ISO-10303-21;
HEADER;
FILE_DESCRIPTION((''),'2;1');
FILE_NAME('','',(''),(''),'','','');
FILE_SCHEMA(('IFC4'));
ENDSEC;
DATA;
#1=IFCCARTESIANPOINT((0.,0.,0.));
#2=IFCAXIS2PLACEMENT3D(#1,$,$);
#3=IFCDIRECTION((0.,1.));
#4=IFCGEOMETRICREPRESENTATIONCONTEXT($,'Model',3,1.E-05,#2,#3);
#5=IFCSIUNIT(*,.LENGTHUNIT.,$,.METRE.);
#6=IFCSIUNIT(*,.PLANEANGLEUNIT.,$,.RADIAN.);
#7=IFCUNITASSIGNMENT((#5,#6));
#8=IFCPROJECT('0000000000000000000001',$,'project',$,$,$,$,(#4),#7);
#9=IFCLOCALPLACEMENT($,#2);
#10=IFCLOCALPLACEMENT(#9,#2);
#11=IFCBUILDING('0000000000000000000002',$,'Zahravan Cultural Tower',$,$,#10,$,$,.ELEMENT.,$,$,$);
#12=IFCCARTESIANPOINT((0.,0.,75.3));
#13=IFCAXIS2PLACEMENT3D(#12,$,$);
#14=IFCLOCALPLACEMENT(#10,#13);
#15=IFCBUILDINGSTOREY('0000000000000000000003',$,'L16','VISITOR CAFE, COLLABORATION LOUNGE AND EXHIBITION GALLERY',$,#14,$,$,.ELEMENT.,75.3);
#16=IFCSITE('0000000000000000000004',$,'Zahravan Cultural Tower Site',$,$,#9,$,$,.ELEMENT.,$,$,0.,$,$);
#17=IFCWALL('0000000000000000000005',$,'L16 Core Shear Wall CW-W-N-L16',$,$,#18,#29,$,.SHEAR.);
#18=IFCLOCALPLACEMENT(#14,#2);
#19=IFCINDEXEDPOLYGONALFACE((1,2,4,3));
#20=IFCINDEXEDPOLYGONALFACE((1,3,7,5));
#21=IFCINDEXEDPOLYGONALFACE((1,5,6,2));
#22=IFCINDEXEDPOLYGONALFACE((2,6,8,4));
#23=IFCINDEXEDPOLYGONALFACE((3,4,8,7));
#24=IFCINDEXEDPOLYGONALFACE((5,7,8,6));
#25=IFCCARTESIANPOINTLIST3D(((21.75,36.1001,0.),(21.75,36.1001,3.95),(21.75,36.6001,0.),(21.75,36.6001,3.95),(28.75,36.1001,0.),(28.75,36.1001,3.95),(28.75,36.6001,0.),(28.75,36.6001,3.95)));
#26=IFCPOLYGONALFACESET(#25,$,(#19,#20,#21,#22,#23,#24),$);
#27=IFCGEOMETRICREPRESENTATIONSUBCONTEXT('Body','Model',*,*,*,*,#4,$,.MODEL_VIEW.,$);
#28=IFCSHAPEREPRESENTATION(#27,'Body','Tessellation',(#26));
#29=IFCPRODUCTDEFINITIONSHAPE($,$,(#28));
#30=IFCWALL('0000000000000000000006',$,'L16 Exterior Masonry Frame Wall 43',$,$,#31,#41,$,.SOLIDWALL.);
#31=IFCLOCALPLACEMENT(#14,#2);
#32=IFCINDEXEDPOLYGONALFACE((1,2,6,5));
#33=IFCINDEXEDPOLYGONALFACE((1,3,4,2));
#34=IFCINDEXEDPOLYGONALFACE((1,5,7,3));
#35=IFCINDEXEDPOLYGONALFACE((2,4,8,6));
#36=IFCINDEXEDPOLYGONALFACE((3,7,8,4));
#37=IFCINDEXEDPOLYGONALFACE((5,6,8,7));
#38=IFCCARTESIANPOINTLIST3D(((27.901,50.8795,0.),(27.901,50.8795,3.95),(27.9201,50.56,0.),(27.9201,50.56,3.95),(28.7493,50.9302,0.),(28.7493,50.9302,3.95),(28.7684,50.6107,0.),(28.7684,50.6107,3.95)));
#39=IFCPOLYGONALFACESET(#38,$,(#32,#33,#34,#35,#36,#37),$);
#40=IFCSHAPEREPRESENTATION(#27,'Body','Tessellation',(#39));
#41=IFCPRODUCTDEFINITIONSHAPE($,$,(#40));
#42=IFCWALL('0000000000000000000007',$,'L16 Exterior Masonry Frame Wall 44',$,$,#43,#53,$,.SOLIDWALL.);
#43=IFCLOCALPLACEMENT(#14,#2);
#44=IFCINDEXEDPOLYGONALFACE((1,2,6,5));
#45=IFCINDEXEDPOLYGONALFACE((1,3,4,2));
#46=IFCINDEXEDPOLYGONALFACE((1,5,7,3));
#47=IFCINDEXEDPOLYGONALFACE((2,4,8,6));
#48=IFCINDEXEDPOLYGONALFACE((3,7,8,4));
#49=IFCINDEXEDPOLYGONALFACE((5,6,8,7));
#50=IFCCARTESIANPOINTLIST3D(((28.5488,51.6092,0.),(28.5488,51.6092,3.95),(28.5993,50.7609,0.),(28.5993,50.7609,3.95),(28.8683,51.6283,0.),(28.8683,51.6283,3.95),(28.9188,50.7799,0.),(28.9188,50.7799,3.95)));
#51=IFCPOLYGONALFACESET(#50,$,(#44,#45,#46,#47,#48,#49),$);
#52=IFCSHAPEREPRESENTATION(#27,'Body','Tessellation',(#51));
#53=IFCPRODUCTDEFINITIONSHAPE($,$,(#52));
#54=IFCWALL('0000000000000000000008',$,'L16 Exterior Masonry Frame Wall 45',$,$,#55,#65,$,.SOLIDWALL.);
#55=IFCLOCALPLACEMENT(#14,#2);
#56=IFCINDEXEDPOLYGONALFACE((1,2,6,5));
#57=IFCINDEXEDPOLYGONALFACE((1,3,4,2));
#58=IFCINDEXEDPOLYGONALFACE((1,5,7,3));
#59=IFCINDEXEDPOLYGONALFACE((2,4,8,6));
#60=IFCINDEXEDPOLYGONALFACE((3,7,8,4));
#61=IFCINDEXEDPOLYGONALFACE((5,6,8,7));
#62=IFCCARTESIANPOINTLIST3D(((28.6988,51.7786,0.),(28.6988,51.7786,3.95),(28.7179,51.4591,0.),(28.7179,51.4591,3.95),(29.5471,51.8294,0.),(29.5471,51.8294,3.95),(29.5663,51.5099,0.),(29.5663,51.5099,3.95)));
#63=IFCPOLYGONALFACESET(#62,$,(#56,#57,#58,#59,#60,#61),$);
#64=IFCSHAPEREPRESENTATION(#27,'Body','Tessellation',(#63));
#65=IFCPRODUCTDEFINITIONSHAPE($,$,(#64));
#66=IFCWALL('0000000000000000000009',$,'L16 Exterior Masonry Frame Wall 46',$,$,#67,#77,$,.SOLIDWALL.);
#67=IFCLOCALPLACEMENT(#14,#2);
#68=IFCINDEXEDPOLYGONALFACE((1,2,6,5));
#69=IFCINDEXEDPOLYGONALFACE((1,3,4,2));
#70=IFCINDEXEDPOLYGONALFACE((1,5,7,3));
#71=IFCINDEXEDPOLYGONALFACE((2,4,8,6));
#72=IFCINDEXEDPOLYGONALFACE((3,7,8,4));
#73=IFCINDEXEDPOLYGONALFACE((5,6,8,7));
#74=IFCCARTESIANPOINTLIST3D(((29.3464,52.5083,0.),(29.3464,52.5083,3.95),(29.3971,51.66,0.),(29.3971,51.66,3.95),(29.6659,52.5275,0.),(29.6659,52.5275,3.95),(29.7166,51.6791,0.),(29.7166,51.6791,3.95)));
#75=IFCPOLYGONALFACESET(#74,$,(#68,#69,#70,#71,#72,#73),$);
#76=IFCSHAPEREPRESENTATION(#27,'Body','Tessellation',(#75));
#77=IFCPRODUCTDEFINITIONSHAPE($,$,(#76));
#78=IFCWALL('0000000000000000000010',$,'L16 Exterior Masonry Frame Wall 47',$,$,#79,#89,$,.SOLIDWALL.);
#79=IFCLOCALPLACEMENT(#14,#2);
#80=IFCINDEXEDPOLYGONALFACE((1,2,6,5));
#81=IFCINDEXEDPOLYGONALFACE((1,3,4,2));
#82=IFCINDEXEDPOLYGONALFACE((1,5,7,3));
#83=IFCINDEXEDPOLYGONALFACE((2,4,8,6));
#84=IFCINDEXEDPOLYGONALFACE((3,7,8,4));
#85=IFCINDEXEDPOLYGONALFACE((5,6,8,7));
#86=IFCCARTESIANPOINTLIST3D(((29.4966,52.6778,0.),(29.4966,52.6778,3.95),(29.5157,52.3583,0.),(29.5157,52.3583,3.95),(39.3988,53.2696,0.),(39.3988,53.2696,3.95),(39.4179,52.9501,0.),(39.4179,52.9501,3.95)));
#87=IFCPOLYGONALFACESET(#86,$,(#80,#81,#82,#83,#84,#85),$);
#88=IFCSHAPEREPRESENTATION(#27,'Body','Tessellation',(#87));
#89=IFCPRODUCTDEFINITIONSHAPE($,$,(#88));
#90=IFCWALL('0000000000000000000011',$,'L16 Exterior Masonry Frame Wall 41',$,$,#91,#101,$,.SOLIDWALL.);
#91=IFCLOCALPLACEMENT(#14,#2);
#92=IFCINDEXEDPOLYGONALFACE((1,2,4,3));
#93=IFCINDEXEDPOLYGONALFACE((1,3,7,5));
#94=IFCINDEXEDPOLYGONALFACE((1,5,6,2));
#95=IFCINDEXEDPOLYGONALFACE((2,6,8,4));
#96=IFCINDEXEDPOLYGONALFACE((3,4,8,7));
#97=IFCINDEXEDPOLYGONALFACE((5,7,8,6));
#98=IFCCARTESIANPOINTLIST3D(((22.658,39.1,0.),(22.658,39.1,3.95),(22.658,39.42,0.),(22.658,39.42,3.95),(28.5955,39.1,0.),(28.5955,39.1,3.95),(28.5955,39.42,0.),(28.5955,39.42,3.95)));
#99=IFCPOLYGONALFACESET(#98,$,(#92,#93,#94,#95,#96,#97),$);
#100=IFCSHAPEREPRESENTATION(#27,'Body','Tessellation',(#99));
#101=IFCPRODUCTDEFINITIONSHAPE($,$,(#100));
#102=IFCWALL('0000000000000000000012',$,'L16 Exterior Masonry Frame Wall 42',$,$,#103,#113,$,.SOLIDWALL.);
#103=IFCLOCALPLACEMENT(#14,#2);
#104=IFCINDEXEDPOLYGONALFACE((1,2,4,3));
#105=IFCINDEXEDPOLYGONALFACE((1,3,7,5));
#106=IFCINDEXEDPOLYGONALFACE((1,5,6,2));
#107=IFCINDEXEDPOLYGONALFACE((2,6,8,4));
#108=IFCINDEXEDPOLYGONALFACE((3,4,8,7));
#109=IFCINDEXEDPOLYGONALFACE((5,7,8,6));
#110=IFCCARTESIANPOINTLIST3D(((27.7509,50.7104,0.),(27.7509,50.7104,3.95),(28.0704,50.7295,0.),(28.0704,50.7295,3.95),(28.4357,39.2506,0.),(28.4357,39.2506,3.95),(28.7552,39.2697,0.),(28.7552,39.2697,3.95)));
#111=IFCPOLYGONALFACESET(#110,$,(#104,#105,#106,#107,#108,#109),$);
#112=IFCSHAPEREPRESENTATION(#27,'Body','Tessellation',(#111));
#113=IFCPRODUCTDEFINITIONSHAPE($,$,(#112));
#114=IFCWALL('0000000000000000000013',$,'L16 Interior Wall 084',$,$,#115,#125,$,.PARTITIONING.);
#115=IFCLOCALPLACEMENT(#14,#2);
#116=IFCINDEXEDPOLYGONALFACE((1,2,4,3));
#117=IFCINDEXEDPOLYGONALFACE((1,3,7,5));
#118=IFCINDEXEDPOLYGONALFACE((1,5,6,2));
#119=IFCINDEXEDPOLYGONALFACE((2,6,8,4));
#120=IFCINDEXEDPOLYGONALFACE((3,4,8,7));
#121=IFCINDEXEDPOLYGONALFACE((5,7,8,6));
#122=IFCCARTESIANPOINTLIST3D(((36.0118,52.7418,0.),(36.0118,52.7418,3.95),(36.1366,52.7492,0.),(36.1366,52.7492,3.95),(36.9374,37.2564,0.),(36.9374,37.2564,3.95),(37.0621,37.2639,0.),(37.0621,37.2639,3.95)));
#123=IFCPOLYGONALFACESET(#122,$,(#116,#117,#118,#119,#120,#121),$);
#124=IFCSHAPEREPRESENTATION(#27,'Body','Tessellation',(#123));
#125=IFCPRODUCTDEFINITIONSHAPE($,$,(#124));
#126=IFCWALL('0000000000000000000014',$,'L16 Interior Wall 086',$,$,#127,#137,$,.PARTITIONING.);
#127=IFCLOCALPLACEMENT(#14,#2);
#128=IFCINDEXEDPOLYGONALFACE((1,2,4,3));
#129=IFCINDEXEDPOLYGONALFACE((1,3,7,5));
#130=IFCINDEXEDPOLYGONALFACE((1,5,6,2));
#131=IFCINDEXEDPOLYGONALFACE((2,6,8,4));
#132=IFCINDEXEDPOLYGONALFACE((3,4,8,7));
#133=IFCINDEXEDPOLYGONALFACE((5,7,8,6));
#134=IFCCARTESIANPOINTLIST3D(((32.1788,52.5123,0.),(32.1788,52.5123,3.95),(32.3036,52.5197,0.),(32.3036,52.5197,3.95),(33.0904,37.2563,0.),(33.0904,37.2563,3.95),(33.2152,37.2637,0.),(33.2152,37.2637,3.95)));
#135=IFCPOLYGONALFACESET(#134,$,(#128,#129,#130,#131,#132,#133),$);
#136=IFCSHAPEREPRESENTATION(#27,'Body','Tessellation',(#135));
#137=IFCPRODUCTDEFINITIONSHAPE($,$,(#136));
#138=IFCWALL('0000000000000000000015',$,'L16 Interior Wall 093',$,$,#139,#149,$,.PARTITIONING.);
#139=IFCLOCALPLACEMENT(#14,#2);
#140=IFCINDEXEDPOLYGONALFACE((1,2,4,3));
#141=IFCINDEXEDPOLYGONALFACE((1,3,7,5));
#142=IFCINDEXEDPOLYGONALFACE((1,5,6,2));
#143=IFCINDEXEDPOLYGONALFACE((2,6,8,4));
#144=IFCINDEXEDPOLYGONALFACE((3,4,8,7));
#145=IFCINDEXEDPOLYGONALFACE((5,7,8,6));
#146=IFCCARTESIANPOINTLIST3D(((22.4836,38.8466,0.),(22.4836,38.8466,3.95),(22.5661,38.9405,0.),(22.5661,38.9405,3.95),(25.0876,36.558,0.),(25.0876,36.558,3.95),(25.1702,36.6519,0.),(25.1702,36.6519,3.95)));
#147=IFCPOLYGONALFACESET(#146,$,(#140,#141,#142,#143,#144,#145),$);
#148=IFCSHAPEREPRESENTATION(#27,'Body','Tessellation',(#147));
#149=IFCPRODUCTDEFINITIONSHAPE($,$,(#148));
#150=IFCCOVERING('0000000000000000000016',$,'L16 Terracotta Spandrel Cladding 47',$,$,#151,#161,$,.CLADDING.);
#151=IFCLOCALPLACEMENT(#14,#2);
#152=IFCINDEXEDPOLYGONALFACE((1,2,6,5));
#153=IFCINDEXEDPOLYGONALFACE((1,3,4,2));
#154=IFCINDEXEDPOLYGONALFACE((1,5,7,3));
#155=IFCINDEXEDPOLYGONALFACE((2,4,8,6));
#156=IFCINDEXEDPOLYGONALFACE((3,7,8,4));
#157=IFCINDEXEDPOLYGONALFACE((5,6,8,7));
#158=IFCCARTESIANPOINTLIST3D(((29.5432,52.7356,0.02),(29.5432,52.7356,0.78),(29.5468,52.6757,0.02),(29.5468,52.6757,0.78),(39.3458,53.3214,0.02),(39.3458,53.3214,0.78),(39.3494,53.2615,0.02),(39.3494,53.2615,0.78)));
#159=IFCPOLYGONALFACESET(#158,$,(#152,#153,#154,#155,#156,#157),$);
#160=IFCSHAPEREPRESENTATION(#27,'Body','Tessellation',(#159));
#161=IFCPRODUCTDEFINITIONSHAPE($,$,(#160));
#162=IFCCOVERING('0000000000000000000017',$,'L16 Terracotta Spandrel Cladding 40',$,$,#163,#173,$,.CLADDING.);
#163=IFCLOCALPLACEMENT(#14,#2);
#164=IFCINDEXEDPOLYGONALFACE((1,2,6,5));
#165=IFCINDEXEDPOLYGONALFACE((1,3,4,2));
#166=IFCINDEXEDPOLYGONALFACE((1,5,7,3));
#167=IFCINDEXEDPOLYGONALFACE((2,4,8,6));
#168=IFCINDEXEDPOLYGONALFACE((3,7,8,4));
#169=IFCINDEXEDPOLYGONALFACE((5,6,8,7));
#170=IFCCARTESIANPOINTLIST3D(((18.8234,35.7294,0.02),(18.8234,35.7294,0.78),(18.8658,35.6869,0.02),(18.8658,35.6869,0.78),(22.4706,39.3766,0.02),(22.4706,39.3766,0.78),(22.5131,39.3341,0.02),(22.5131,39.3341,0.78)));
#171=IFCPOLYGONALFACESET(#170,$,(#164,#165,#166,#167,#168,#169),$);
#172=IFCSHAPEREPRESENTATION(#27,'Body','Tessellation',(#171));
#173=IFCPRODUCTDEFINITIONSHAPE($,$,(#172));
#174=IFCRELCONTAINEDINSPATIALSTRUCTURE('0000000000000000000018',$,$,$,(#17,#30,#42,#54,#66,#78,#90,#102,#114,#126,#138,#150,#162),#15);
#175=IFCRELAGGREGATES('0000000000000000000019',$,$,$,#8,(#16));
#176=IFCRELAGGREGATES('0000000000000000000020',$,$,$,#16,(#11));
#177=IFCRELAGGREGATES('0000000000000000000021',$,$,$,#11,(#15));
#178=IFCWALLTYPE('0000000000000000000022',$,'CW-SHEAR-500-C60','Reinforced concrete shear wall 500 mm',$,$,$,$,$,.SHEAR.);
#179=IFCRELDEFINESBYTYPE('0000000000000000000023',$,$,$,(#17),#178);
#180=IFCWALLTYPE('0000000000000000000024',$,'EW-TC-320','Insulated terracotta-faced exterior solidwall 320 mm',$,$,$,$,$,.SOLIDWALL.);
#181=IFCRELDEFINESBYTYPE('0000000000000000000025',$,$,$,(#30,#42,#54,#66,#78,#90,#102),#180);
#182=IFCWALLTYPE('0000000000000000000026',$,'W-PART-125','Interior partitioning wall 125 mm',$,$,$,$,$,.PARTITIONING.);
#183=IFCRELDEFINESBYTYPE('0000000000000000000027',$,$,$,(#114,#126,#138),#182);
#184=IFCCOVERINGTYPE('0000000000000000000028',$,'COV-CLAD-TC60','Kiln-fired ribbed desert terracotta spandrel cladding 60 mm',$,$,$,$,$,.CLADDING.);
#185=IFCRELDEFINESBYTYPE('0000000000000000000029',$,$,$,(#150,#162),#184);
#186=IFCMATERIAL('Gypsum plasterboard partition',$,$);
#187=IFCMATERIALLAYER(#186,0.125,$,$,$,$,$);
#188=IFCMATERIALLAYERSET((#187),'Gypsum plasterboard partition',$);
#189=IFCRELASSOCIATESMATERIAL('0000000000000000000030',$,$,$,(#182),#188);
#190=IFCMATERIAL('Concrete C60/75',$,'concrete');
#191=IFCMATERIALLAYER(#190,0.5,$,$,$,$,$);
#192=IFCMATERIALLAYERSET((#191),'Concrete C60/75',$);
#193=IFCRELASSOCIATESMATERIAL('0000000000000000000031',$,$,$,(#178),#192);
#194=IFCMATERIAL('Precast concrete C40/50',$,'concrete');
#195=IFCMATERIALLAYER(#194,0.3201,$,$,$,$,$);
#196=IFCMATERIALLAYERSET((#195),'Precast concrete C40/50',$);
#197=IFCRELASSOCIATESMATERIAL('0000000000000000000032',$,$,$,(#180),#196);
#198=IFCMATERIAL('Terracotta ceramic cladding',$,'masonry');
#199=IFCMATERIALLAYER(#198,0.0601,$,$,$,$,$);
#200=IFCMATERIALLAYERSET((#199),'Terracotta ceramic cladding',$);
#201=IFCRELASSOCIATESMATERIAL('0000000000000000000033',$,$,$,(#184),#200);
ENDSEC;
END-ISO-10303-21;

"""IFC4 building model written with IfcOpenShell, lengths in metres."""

from ifc_helpers import new_model, si_unit, direction, frame, frame_2d, origin, origin_2d, place, context, subcontext, project, spatial, rectangle, extrude, source, transform, mapped, material, layer, layer_set, type_object, element, save


model = new_model("IFC4")

# Units and contexts
model_context = context("Model", 3, precision=1e-05, world=origin(), true_north=direction((0.0, 1.0)))
body_context = subcontext(model_context, "Body", "Model", "MODEL_VIEW")
ifc_project = project(units=[si_unit("LENGTHUNIT", "METRE"), si_unit("PLANEANGLEUNIT", "RADIAN")], contexts=[model_context])

# Site, building, storey
site_placement = place(None, origin())
site = spatial("IfcSite", under=ifc_project, at=site_placement, Name="Zahravan Cultural Tower Site", CompositionType="ELEMENT", RefElevation=0.0)
building_placement = place(site_placement, origin())
building = spatial("IfcBuilding", under=site, at=building_placement, Name="Zahravan Cultural Tower", CompositionType="ELEMENT")
storey_placement = place(building_placement, frame((0.0, 0.0, 75.3)))
storey = spatial("IfcBuildingStorey", under=building, at=storey_placement, Name="L16", Description="VISITOR CAFE, COLLABORATION LOUNGE AND EXHIBITION GALLERY", CompositionType="ELEMENT", Elevation=75.3)

# Shared definitions
ifc_material_1 = material(Name="Concrete C60/75", Category="concrete")

# Shared definitions
ifc_material_2 = material(Name="Gypsum plasterboard partition")
ifc_layer_1 = layer(ifc_material_2, 0.125)
ifc_layer_set_1 = layer_set([ifc_layer_1], Name="Gypsum plasterboard partition")
wall_type_1 = type_object("IfcWallType", Name="W-PART-125", Description="Interior partitioning wall 125 mm", PredefinedType="PARTITIONING", material=ifc_layer_set_1)

# Walls
ifc_layer_2 = layer(ifc_material_1, 0.5)
ifc_layer_set_2 = layer_set([ifc_layer_2], Name="Concrete C60/75")
wall_type_2 = type_object("IfcWallType", Name="CW-SHEAR-500-C60", Description="Reinforced concrete shear wall 500 mm", PredefinedType="SHEAR", material=ifc_layer_set_2)
shared_shape_1 = source(origin(), body_context, "Body", "SweptSolid", [
    extrude(rectangle(XDim=7.0, YDim=0.5, at=frame_2d((3.5, 0.0))), origin(), (0.0, 0.0, 1.0), 3.95),
])
wall_1_placement = place(storey_placement, frame((21.75, 36.3501, 0.0), z_axis=(0.0, 0.0, 1.0), x_axis=(1.0, 0.0, 0.0)))
element("IfcWall", 1, at=wall_1_placement, inside=storey, type_object=wall_type_2, Name="L16 Core Shear Wall CW-W-N-L16", PredefinedType="SHEAR", context=body_context, shape_type="MappedRepresentation", body=[
    mapped(shared_shape_1, transform((0.0, 0.0, 0.0), x_axis=(1.0, 0.0, 0.0), y_axis=(0.0, 1.0, 0.0), z_axis=(0.0, 0.0, 1.0), scale=1.0)),
])
ifc_material_3 = material(Name="Precast concrete C40/50", Category="concrete")
ifc_layer_3 = layer(ifc_material_3, 0.3201)
ifc_layer_set_3 = layer_set([ifc_layer_3], Name="Precast concrete C40/50")
wall_type_3 = type_object("IfcWallType", Name="EW-TC-320", Description="Insulated terracotta-faced exterior solidwall 320 mm", PredefinedType="SOLIDWALL", material=ifc_layer_set_3)
shared_shape_2 = source(origin(), body_context, "Body", "SweptSolid", [
    extrude(rectangle(XDim=0.8499, YDim=0.3201, at=frame_2d((0.4248, 0.0))), origin(), (0.0, 0.0, 1.0), 3.95),
])
for number, where, z_axis, x_axis, name in (
    (2, (27.9106, 50.7197, 0.0), (0.0, 0.0, 1.0), (0.998213, 0.059749, 0.0), "L16 Exterior Masonry Frame Wall 43"),
    (3, (28.759, 50.7705, 0.0), (0.0, 0.0, 1.0), (-0.059463, 0.998231, 0.0), "L16 Exterior Masonry Frame Wall 44"),
    (4, (28.7085, 51.6189, 0.0), (0.0, 0.0, 1.0), (0.998213, 0.059749, 0.0), "L16 Exterior Masonry Frame Wall 45"),
    (5, (29.5569, 51.6697, 0.0), (0.0, 0.0, 1.0), (-0.059749, 0.998213, 0.0), "L16 Exterior Masonry Frame Wall 46"),
):
    element("IfcWall", number, at=place(storey_placement, frame(where, z_axis=z_axis, x_axis=x_axis)), inside=storey, type_object=wall_type_3, Name=name, PredefinedType="SOLIDWALL", context=body_context, shape_type="MappedRepresentation", body=[
        mapped(shared_shape_2, transform((0.0, 0.0, 0.0), x_axis=(1.0, 0.0, 0.0), y_axis=(0.0, 1.0, 0.0), z_axis=(0.0, 0.0, 1.0), scale=1.0)),
    ])
shared_shape_3 = source(origin(), body_context, "Body", "SweptSolid", [
    extrude(rectangle(XDim=9.9199, YDim=0.3201, at=frame_2d((4.96, 0.0))), origin(), (0.0, 0.0, 1.0), 3.95),
])
wall_2_placement = place(storey_placement, frame((29.5061, 52.5181, 0.0), z_axis=(0.0, 0.0, 1.0), x_axis=(0.998219, 0.059657, 0.0)))
element("IfcWall", 6, at=wall_2_placement, inside=storey, type_object=wall_type_3, Name="L16 Exterior Masonry Frame Wall 47", PredefinedType="SOLIDWALL", context=body_context, shape_type="MappedRepresentation", body=[
    mapped(shared_shape_3, transform((0.0, 0.0, 0.0), x_axis=(1.0, 0.0, 0.0), y_axis=(0.0, 1.0, 0.0), z_axis=(0.0, 0.0, 1.0), scale=1.0)),
])
shared_shape_4 = source(origin(), body_context, "Body", "SweptSolid", [
    extrude(rectangle(XDim=5.9375, YDim=0.3201, at=frame_2d((2.9688, 0.0))), origin(), (0.0, 0.0, 1.0), 3.95),
])
wall_3_placement = place(storey_placement, frame((22.658, 39.26, 0.0), z_axis=(0.0, 0.0, 1.0), x_axis=(1.0, 0.0, 0.0)))
element("IfcWall", 7, at=wall_3_placement, inside=storey, type_object=wall_type_3, Name="L16 Exterior Masonry Frame Wall 41", PredefinedType="SOLIDWALL", context=body_context, shape_type="MappedRepresentation", body=[
    mapped(shared_shape_4, transform((0.0, 0.0, 0.0), x_axis=(1.0, 0.0, 0.0), y_axis=(0.0, 1.0, 0.0), z_axis=(0.0, 0.0, 1.0), scale=1.0)),
])
shared_shape_5 = source(origin(), body_context, "Body", "SweptSolid", [
    extrude(rectangle(XDim=11.4802, YDim=0.3201, at=frame_2d((5.7402, 0.0))), origin(), (0.0, 0.0, 1.0), 3.95),
])
wall_4_placement = place(storey_placement, frame((28.5955, 39.26, 0.0), z_axis=(0.0, 0.0, 1.0), x_axis=(-0.059652, 0.998219, 0.0)))
element("IfcWall", 8, at=wall_4_placement, inside=storey, type_object=wall_type_3, Name="L16 Exterior Masonry Frame Wall 42", PredefinedType="SOLIDWALL", context=body_context, shape_type="MappedRepresentation", body=[
    mapped(shared_shape_5, transform((0.0, 0.0, 0.0), x_axis=(1.0, 0.0, 0.0), y_axis=(0.0, 1.0, 0.0), z_axis=(0.0, 0.0, 1.0), scale=1.0)),
])
shared_shape_6 = source(origin(), body_context, "Body", "SweptSolid", [
    extrude(rectangle(XDim=15.5129, YDim=0.125, at=frame_2d((7.7563, 0.0))), origin(), (0.0, 0.0, 1.0), 3.95),
])
wall_5_placement = place(storey_placement, frame((36.0742, 52.7454, 0.0), z_axis=(0.0, 0.0, 1.0), x_axis=(0.059662, -0.998219, 0.0)))
element("IfcWall", 9, at=wall_5_placement, inside=storey, type_object=wall_type_1, Name="L16 Interior Wall 084", PredefinedType="PARTITIONING", context=body_context, shape_type="MappedRepresentation", body=[
    mapped(shared_shape_6, transform((0.0, 0.0, 0.0), x_axis=(1.0, 0.0, 0.0), y_axis=(0.0, 1.0, 0.0), z_axis=(0.0, 0.0, 1.0), scale=1.0)),
])
shared_shape_7 = source(origin(), body_context, "Body", "SweptSolid", [
    extrude(rectangle(XDim=15.2832, YDim=0.125, at=frame_2d((7.6416, 0.0))), origin(), (0.0, 0.0, 1.0), 3.95),
])
wall_6_placement = place(storey_placement, frame((33.1528, 37.26, 0.0), z_axis=(0.0, 0.0, 1.0), x_axis=(-0.059648, 0.998219, 0.0)))
element("IfcWall", 10, at=wall_6_placement, inside=storey, type_object=wall_type_1, Name="L16 Interior Wall 086", PredefinedType="PARTITIONING", context=body_context, shape_type="MappedRepresentation", body=[
    mapped(shared_shape_7, transform((0.0, 0.0, 0.0), x_axis=(1.0, 0.0, 0.0), y_axis=(0.0, 1.0, 0.0), z_axis=(0.0, 0.0, 1.0), scale=1.0)),
])
shared_shape_8 = source(origin(), body_context, "Body", "SweptSolid", [
    extrude(rectangle(XDim=3.4668, YDim=0.125, at=frame_2d((1.7334, 0.0))), origin(), (0.0, 0.0, 1.0), 3.95),
])
wall_7_placement = place(storey_placement, frame((25.1289, 36.605, 0.0), z_axis=(0.0, 0.0, 1.0), x_axis=(-0.751135, 0.660148, 0.0)))
element("IfcWall", 11, at=wall_7_placement, inside=storey, type_object=wall_type_1, Name="L16 Interior Wall 093", PredefinedType="PARTITIONING", context=body_context, shape_type="MappedRepresentation", body=[
    mapped(shared_shape_8, transform((0.0, 0.0, 0.0), x_axis=(1.0, 0.0, 0.0), y_axis=(0.0, 1.0, 0.0), z_axis=(0.0, 0.0, 1.0), scale=1.0)),
])

# Coverings
ifc_material_4 = material(Name="Terracotta ceramic cladding", Category="masonry")
ifc_layer_4 = layer(ifc_material_4, 0.0601)
ifc_layer_set_4 = layer_set([ifc_layer_4], Name="Terracotta ceramic cladding")
covering_type = type_object("IfcCoveringType", Name="COV-CLAD-TC60", Description="Kiln-fired ribbed desert terracotta spandrel cladding 60 mm", PredefinedType="CLADDING", material=ifc_layer_set_4)
shared_shape_9 = source(origin(), body_context, "Body", "SweptSolid", [
    extrude(rectangle(XDim=9.8201, YDim=0.0601, at=origin_2d()), origin(), (0.0, 0.0, 1.0), 0.76),
])
covering_1_placement = place(storey_placement, frame((34.4463, 52.9985, 0.02), z_axis=(0.0, 0.0, 1.0), x_axis=(0.998219, 0.059655, 0.0)))
element("IfcCovering", 12, at=covering_1_placement, inside=storey, type_object=covering_type, Name="L16 Terracotta Spandrel Cladding 47", PredefinedType="CLADDING", context=body_context, shape_type="MappedRepresentation", body=[
    mapped(shared_shape_9, transform((0.0, 0.0, 0.0), x_axis=(1.0, 0.0, 0.0), y_axis=(0.0, 1.0, 0.0), z_axis=(0.0, 0.0, 1.0), scale=1.0)),
])
shared_shape_10 = source(origin(), body_context, "Body", "SweptSolid", [
    extrude(rectangle(XDim=5.158, YDim=0.0601, at=origin_2d()), origin(), (0.0, 0.0, 1.0), 0.76),
])
covering_2_placement = place(storey_placement, frame((20.6682, 37.5317, 0.02), z_axis=(0.0, 0.0, 1.0), x_axis=(0.707107, 0.707107, 0.0)))
element("IfcCovering", 13, at=covering_2_placement, inside=storey, type_object=covering_type, Name="L16 Terracotta Spandrel Cladding 40", PredefinedType="CLADDING", context=body_context, shape_type="MappedRepresentation", body=[
    mapped(shared_shape_10, transform((0.0, 0.0, 0.0), x_axis=(1.0, 0.0, 0.0), y_axis=(0.0, 1.0, 0.0), z_axis=(0.0, 0.0, 1.0), scale=1.0)),
])

save(model, "model.ifc")
